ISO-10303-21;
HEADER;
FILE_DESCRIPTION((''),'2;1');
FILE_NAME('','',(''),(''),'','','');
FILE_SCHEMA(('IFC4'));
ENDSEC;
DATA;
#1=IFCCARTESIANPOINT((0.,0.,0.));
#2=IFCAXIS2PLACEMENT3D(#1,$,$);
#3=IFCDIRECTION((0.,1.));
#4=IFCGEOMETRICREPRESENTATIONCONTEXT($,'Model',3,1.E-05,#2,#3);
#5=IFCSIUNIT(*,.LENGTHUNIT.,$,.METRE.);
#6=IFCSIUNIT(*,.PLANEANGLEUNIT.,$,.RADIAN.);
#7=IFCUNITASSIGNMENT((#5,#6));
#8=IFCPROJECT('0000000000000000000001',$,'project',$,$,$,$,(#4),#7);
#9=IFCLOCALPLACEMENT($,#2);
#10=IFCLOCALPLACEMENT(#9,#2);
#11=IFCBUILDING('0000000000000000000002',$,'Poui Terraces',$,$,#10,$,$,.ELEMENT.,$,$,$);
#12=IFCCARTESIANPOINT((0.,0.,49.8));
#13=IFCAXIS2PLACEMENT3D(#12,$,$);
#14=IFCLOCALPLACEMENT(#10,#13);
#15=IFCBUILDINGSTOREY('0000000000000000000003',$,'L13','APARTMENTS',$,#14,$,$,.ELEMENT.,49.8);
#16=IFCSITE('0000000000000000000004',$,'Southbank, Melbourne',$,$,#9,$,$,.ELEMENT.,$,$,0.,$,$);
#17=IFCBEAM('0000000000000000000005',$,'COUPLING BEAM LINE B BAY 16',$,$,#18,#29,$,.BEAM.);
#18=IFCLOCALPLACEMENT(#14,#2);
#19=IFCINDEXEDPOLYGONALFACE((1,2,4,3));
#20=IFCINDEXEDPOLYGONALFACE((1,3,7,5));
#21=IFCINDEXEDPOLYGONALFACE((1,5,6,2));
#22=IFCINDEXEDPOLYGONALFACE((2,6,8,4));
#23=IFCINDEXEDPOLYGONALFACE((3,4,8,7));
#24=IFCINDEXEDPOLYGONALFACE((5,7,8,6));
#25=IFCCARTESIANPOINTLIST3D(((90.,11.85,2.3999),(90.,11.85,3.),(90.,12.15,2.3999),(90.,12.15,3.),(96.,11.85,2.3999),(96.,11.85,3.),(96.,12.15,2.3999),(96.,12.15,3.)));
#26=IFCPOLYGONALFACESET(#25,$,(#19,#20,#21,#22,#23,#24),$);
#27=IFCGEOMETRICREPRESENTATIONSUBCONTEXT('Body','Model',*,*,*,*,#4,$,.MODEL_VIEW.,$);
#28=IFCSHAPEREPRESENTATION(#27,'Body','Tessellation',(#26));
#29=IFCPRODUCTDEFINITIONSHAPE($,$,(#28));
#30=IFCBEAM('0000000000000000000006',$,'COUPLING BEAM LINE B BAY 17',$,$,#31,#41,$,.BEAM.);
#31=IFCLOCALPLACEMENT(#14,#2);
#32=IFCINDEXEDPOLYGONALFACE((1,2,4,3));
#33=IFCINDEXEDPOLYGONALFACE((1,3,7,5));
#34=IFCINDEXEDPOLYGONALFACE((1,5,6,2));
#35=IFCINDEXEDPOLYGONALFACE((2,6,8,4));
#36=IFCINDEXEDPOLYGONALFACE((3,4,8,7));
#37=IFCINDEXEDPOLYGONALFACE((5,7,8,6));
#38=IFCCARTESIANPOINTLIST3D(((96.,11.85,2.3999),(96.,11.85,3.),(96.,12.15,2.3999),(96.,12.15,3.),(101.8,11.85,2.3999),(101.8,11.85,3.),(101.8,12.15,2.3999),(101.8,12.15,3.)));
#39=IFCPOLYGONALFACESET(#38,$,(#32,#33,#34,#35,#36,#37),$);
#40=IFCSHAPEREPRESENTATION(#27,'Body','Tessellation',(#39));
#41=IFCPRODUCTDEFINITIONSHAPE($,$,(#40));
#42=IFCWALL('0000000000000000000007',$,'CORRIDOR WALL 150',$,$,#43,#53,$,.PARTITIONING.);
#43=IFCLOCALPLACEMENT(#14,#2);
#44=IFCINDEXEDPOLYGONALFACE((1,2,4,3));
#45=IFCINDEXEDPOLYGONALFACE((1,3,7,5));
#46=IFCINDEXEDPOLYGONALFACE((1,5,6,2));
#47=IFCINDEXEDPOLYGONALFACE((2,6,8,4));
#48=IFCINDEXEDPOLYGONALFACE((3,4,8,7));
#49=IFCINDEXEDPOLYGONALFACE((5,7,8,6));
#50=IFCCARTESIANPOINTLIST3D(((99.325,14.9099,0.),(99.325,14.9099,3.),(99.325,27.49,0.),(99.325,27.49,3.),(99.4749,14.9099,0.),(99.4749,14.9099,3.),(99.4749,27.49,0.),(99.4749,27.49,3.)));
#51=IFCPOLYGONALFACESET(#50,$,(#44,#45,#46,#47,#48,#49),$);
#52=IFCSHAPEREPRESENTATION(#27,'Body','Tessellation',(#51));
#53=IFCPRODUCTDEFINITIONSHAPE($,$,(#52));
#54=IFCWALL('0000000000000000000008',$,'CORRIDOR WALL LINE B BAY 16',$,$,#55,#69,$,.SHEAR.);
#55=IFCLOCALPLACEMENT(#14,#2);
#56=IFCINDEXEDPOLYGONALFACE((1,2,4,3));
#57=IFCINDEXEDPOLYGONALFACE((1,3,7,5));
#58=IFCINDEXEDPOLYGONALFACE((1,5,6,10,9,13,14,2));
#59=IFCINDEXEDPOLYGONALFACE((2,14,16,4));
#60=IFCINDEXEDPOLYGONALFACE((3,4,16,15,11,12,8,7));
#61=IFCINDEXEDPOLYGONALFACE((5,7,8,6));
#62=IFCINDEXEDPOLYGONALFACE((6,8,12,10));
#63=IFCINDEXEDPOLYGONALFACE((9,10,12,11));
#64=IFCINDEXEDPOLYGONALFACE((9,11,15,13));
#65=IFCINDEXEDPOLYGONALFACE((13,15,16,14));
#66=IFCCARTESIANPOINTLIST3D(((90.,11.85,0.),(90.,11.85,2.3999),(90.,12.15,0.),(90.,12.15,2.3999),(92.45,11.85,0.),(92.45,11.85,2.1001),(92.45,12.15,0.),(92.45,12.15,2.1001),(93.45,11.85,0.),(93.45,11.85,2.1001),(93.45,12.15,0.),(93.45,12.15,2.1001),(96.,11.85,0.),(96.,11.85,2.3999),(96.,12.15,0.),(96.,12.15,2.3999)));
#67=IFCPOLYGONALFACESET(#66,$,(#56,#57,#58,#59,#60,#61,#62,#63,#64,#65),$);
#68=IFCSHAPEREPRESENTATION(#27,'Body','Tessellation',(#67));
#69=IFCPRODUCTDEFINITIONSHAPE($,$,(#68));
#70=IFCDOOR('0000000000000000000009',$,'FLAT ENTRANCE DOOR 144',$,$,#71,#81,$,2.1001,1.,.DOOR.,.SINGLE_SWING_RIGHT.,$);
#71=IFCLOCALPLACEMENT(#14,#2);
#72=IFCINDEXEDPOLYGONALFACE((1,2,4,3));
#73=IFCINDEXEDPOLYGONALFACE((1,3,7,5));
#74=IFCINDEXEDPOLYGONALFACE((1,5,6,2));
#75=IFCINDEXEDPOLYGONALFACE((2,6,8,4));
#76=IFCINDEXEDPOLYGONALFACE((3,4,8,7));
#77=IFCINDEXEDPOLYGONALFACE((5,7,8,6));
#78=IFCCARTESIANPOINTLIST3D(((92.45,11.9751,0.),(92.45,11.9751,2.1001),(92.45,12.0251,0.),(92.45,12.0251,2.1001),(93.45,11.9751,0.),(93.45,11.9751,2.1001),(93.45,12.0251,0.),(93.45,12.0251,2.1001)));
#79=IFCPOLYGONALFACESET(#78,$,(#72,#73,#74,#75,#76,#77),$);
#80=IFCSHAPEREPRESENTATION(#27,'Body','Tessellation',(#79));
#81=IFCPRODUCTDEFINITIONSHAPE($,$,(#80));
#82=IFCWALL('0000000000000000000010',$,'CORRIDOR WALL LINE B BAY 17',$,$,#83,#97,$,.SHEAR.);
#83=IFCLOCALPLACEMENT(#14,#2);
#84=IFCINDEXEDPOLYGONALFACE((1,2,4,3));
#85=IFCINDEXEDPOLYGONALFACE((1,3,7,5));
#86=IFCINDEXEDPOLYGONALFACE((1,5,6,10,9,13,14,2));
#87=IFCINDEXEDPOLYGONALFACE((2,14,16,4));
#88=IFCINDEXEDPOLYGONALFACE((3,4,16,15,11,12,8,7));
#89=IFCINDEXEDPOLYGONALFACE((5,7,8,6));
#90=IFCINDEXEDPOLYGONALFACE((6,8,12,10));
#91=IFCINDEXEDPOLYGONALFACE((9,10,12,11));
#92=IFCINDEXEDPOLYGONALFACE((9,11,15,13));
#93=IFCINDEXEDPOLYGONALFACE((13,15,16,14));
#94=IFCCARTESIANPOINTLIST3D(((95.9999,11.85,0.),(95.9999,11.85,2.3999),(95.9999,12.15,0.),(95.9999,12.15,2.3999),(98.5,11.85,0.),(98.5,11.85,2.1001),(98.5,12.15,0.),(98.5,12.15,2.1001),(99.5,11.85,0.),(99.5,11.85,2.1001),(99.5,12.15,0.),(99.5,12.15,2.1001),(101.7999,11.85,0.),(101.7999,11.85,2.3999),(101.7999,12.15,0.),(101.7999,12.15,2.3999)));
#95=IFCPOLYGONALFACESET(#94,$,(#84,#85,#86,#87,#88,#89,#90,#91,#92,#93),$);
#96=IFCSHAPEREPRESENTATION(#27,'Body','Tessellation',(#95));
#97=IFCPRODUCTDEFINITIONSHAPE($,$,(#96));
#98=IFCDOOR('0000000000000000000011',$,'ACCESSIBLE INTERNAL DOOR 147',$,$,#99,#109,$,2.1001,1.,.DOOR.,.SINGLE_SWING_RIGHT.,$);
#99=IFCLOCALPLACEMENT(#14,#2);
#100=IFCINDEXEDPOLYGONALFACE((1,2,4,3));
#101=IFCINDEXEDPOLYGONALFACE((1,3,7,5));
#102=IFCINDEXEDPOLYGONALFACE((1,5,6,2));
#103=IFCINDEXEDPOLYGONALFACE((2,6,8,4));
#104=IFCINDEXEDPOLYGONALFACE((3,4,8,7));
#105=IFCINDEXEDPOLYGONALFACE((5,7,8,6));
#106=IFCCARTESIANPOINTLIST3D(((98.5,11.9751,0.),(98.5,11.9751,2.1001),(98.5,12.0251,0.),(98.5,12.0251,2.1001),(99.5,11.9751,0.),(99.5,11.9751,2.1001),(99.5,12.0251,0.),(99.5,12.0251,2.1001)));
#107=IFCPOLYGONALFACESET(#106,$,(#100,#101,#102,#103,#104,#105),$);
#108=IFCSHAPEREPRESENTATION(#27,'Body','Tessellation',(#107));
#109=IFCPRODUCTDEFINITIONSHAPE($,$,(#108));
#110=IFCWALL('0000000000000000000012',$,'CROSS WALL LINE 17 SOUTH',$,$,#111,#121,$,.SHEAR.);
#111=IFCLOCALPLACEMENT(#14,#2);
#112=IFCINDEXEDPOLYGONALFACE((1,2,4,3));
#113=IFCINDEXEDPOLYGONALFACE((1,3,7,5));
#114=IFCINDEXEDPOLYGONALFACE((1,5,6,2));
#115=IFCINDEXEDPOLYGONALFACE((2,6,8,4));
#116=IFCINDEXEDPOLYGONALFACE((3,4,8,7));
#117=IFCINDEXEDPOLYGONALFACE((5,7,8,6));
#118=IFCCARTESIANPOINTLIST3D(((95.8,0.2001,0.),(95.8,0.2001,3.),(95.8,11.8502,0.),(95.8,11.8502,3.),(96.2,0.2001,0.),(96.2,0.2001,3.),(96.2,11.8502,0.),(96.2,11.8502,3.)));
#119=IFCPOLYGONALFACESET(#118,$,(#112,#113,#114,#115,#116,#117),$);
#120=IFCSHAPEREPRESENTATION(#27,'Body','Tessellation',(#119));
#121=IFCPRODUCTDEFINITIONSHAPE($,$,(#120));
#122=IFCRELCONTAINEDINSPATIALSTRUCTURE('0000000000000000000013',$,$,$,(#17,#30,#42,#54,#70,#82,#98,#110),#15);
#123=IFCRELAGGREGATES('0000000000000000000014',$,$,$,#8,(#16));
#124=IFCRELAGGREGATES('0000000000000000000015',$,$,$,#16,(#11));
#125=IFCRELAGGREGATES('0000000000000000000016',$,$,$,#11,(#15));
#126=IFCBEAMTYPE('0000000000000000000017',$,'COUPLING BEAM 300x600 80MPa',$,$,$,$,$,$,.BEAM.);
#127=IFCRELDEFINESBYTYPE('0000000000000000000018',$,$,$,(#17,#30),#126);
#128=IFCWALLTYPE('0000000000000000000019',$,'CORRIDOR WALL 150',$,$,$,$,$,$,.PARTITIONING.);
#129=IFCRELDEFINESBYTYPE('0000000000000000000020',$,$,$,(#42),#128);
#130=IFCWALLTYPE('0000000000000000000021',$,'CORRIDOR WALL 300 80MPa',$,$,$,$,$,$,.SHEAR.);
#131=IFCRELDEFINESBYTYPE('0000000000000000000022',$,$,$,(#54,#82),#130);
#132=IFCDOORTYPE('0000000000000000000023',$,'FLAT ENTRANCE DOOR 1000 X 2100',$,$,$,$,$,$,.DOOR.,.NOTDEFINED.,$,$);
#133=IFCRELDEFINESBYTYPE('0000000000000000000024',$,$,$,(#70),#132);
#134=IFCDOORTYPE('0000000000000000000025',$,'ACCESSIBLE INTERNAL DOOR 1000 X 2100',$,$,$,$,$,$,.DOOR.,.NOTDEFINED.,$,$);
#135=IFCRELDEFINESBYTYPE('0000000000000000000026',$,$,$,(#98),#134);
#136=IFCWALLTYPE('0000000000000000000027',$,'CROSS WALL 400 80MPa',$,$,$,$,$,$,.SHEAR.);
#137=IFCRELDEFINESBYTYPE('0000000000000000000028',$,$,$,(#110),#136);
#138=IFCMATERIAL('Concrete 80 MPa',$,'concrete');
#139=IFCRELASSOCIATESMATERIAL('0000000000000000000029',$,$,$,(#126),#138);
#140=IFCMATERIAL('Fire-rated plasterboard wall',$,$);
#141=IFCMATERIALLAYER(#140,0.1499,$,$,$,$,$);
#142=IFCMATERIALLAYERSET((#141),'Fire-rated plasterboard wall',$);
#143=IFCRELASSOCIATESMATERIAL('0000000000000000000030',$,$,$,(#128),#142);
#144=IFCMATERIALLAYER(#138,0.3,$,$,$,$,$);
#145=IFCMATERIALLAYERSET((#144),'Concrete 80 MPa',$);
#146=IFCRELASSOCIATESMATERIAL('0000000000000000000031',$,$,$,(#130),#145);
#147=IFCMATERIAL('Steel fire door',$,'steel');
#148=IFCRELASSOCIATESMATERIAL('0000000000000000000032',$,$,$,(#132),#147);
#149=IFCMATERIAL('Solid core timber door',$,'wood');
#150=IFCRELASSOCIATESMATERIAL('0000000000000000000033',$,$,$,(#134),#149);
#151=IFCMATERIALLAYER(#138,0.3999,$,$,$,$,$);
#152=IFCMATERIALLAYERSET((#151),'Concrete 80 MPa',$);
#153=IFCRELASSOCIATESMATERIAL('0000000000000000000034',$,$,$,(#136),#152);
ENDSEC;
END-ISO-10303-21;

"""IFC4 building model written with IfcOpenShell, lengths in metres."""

from ifc_helpers import new_model, si_unit, direction, frame, frame_2d, origin, origin_2d, place, context, subcontext, project, spatial, rectangle, extrude, source, transform, mapped, material, layer, layer_set, material_profile, profile_set, type_object, element, fill, save


model = new_model("IFC4")

# Units and contexts
model_context = context("Model", 3, precision=1e-05, world=origin(), true_north=direction((0.0, 1.0)))
body_context = subcontext(model_context, "Body", "Model", "MODEL_VIEW")
ifc_project = project(units=[si_unit("LENGTHUNIT", "METRE"), si_unit("PLANEANGLEUNIT", "RADIAN")], contexts=[model_context])

# Site, building, storey
site_placement = place(None, origin())
site = spatial("IfcSite", under=ifc_project, at=site_placement, Name="Southbank, Melbourne", CompositionType="ELEMENT", RefElevation=0.0)
building_placement = place(site_placement, origin())
building = spatial("IfcBuilding", under=site, at=building_placement, Name="Poui Terraces", CompositionType="ELEMENT")
storey_placement = place(building_placement, frame((0.0, 0.0, 49.8)))
storey = spatial("IfcBuildingStorey", under=building, at=storey_placement, Name="L13", Description="APARTMENTS", CompositionType="ELEMENT", Elevation=49.8)

# Beams
ifc_material_1 = material(Name="Concrete 80 MPa", Category="concrete")
ifc_material_profile = material_profile(ifc_material_1, rectangle(XDim=0.3, YDim=0.6001, at=origin_2d()), Name="RC 300x600")
ifc_profile_set = profile_set([ifc_material_profile], Name="Concrete 80 MPa")
beam_type = type_object("IfcBeamType", Name="COUPLING BEAM 300x600 80MPa", PredefinedType="BEAM", material=ifc_profile_set)
shared_shape_1 = source(origin(), body_context, "Body", "SweptSolid", [
    extrude(rectangle(XDim=0.3, YDim=0.6001, at=origin_2d()), origin(), (0.0, 0.0, 1.0), 6.0),
])
beam_1_placement = place(storey_placement, frame((90.0, 12.0, 2.7), z_axis=(1.0, 0.0, 0.0), x_axis=(0.0, 1.0, 0.0)))
element("IfcBeam", 1, at=beam_1_placement, inside=storey, type_object=beam_type, Name="COUPLING BEAM LINE B BAY 16", PredefinedType="BEAM", context=body_context, shape_type="MappedRepresentation", body=[
    mapped(shared_shape_1, transform((0.0, 0.0, 0.0))),
])
shared_shape_2 = source(origin(), body_context, "Body", "SweptSolid", [
    extrude(rectangle(XDim=0.3, YDim=0.6001, at=origin_2d()), origin(), (0.0, 0.0, 1.0), 5.8),
])
beam_2_placement = place(storey_placement, frame((96.0, 12.0, 2.7), z_axis=(1.0, 0.0, 0.0), x_axis=(0.0, 1.0, 0.0)))
element("IfcBeam", 2, at=beam_2_placement, inside=storey, type_object=beam_type, Name="COUPLING BEAM LINE B BAY 17", PredefinedType="BEAM", context=body_context, shape_type="MappedRepresentation", body=[
    mapped(shared_shape_2, transform((0.0, 0.0, 0.0))),
])

# Wall
ifc_material_2 = material(Name="Fire-rated plasterboard wall")
ifc_layer_1 = layer(ifc_material_2, 0.1499)
ifc_layer_set_1 = layer_set([ifc_layer_1], Name="Fire-rated plasterboard wall")
wall_type_1 = type_object("IfcWallType", Name="CORRIDOR WALL 150", PredefinedType="PARTITIONING", material=ifc_layer_set_1)
wall_1_placement = place(storey_placement, frame((99.3999, 14.9099, 0.0), z_axis=(0.0, 0.0, 1.0), x_axis=(0.0, 1.0, 0.0)))
element("IfcWall", 3, at=wall_1_placement, inside=storey, type_object=wall_type_1, Name="CORRIDOR WALL 150", PredefinedType="PARTITIONING", context=body_context, shape_type="SweptSolid", body=[
    extrude(rectangle(XDim=12.5801, YDim=0.1499, at=frame_2d((6.29, 0.0))), origin(), (0.0, 0.0, 1.0), 3.0),
])

# Walls, openings, doors
ifc_layer_2 = layer(ifc_material_1, 0.3)
ifc_layer_set_2 = layer_set([ifc_layer_2], Name="Concrete 80 MPa")
wall_type_2 = type_object("IfcWallType", Name="CORRIDOR WALL 300 80MPa", PredefinedType="SHEAR", material=ifc_layer_set_2)
wall_2_placement = place(storey_placement, frame((90.0, 12.0, 0.0), z_axis=(0.0, 0.0, 1.0), x_axis=(1.0, 0.0, 0.0)))
wall_2 = element("IfcWall", 4, at=wall_2_placement, inside=storey, type_object=wall_type_2, Name="CORRIDOR WALL LINE B BAY 16", PredefinedType="SHEAR", context=body_context, shape_type="SweptSolid", body=[
    extrude(rectangle(XDim=6.0, YDim=0.3, at=frame_2d((3.0, 0.0))), origin(), (0.0, 0.0, 1.0), 2.3999),
])
opening_1_placement = place(wall_2_placement, frame((2.45, 0.0, 0.0)))
opening_1 = element("IfcOpeningElement", 5, at=opening_1_placement, cuts=wall_2, PredefinedType="OPENING", context=body_context, shape_type="SweptSolid", body=[
    extrude(rectangle(XDim=1.0, YDim=2.1001, at=frame_2d((0.5, 1.05))), frame((0.0, 0.1602, 0.0), z_axis=(0.0, -1.0, 0.0), x_axis=(1.0, 0.0, 0.0)), (0.0, 0.0, 1.0), 0.3201),
])
ifc_material_3 = material(Name="Steel fire door", Category="steel")
door_type_1 = type_object("IfcDoorType", Name="FLAT ENTRANCE DOOR 1000 X 2100", OperationType="NOTDEFINED", PredefinedType="DOOR", material=ifc_material_3)
door_1_placement = place(opening_1_placement, frame((1.0, 0.0, 0.0), z_axis=(0.0, 0.0, 1.0), x_axis=(-1.0, 0.0, 0.0)))
door_1 = element("IfcDoor", 6, at=door_1_placement, inside=storey, type_object=door_type_1, Name="FLAT ENTRANCE DOOR 144", OperationType="SINGLE_SWING_RIGHT", OverallHeight=2.1001, OverallWidth=1.0, PredefinedType="DOOR", context=body_context, shape_type="SweptSolid", body=[
    extrude(rectangle(XDim=1.0, YDim=2.1001, at=frame_2d((0.5, 1.05))), frame((0.0, 0.0249, 0.0), z_axis=(0.0, -1.0, 0.0), x_axis=(1.0, 0.0, 0.0)), (0.0, 0.0, 1.0), 0.05),
])
fill(opening_1, door_1)
wall_3_placement = place(storey_placement, frame((96.0, 12.0, 0.0), z_axis=(0.0, 0.0, 1.0), x_axis=(1.0, 0.0, 0.0)))
wall_3 = element("IfcWall", 7, at=wall_3_placement, inside=storey, type_object=wall_type_2, Name="CORRIDOR WALL LINE B BAY 17", PredefinedType="SHEAR", context=body_context, shape_type="SweptSolid", body=[
    extrude(rectangle(XDim=5.8, YDim=0.3, at=frame_2d((2.8999, 0.0))), origin(), (0.0, 0.0, 1.0), 2.3999),
])
opening_2_placement = place(wall_3_placement, frame((2.5, 0.0, 0.0)))
opening_2 = element("IfcOpeningElement", 8, at=opening_2_placement, cuts=wall_3, PredefinedType="OPENING", context=body_context, shape_type="SweptSolid", body=[
    extrude(rectangle(XDim=1.0, YDim=2.1001, at=frame_2d((0.5, 1.05))), frame((0.0, 0.1602, 0.0), z_axis=(0.0, -1.0, 0.0), x_axis=(1.0, 0.0, 0.0)), (0.0, 0.0, 1.0), 0.3201),
])
ifc_material_4 = material(Name="Solid core timber door", Category="wood")
door_type_2 = type_object("IfcDoorType", Name="ACCESSIBLE INTERNAL DOOR 1000 X 2100", OperationType="NOTDEFINED", PredefinedType="DOOR", material=ifc_material_4)
door_2_placement = place(opening_2_placement, frame((1.0, 0.0, 0.0), z_axis=(0.0, 0.0, 1.0), x_axis=(-1.0, 0.0, 0.0)))
door_2 = element("IfcDoor", 9, at=door_2_placement, inside=storey, type_object=door_type_2, Name="ACCESSIBLE INTERNAL DOOR 147", OperationType="SINGLE_SWING_RIGHT", OverallHeight=2.1001, OverallWidth=1.0, PredefinedType="DOOR", context=body_context, shape_type="SweptSolid", body=[
    extrude(rectangle(XDim=1.0, YDim=2.1001, at=frame_2d((0.5, 1.05))), frame((0.0, 0.0249, 0.0), z_axis=(0.0, -1.0, 0.0), x_axis=(1.0, 0.0, 0.0)), (0.0, 0.0, 1.0), 0.05),
])
fill(opening_2, door_2)

# Wall
ifc_layer_3 = layer(ifc_material_1, 0.3999)
ifc_layer_set_3 = layer_set([ifc_layer_3], Name="Concrete 80 MPa")
wall_type_3 = type_object("IfcWallType", Name="CROSS WALL 400 80MPa", PredefinedType="SHEAR", material=ifc_layer_set_3)
wall_4_placement = place(storey_placement, frame((96.0, 0.2, 0.0), z_axis=(0.0, 0.0, 1.0), x_axis=(0.0, 1.0, 0.0)))
element("IfcWall", 10, at=wall_4_placement, inside=storey, type_object=wall_type_3, Name="CROSS WALL LINE 17 SOUTH", PredefinedType="SHEAR", context=body_context, shape_type="SweptSolid", body=[
    extrude(rectangle(XDim=11.6501, YDim=0.3999, at=frame_2d((5.8252, 0.0))), origin(), (0.0, 0.0, 1.0), 3.0),
])

save(model, "model.ifc")
